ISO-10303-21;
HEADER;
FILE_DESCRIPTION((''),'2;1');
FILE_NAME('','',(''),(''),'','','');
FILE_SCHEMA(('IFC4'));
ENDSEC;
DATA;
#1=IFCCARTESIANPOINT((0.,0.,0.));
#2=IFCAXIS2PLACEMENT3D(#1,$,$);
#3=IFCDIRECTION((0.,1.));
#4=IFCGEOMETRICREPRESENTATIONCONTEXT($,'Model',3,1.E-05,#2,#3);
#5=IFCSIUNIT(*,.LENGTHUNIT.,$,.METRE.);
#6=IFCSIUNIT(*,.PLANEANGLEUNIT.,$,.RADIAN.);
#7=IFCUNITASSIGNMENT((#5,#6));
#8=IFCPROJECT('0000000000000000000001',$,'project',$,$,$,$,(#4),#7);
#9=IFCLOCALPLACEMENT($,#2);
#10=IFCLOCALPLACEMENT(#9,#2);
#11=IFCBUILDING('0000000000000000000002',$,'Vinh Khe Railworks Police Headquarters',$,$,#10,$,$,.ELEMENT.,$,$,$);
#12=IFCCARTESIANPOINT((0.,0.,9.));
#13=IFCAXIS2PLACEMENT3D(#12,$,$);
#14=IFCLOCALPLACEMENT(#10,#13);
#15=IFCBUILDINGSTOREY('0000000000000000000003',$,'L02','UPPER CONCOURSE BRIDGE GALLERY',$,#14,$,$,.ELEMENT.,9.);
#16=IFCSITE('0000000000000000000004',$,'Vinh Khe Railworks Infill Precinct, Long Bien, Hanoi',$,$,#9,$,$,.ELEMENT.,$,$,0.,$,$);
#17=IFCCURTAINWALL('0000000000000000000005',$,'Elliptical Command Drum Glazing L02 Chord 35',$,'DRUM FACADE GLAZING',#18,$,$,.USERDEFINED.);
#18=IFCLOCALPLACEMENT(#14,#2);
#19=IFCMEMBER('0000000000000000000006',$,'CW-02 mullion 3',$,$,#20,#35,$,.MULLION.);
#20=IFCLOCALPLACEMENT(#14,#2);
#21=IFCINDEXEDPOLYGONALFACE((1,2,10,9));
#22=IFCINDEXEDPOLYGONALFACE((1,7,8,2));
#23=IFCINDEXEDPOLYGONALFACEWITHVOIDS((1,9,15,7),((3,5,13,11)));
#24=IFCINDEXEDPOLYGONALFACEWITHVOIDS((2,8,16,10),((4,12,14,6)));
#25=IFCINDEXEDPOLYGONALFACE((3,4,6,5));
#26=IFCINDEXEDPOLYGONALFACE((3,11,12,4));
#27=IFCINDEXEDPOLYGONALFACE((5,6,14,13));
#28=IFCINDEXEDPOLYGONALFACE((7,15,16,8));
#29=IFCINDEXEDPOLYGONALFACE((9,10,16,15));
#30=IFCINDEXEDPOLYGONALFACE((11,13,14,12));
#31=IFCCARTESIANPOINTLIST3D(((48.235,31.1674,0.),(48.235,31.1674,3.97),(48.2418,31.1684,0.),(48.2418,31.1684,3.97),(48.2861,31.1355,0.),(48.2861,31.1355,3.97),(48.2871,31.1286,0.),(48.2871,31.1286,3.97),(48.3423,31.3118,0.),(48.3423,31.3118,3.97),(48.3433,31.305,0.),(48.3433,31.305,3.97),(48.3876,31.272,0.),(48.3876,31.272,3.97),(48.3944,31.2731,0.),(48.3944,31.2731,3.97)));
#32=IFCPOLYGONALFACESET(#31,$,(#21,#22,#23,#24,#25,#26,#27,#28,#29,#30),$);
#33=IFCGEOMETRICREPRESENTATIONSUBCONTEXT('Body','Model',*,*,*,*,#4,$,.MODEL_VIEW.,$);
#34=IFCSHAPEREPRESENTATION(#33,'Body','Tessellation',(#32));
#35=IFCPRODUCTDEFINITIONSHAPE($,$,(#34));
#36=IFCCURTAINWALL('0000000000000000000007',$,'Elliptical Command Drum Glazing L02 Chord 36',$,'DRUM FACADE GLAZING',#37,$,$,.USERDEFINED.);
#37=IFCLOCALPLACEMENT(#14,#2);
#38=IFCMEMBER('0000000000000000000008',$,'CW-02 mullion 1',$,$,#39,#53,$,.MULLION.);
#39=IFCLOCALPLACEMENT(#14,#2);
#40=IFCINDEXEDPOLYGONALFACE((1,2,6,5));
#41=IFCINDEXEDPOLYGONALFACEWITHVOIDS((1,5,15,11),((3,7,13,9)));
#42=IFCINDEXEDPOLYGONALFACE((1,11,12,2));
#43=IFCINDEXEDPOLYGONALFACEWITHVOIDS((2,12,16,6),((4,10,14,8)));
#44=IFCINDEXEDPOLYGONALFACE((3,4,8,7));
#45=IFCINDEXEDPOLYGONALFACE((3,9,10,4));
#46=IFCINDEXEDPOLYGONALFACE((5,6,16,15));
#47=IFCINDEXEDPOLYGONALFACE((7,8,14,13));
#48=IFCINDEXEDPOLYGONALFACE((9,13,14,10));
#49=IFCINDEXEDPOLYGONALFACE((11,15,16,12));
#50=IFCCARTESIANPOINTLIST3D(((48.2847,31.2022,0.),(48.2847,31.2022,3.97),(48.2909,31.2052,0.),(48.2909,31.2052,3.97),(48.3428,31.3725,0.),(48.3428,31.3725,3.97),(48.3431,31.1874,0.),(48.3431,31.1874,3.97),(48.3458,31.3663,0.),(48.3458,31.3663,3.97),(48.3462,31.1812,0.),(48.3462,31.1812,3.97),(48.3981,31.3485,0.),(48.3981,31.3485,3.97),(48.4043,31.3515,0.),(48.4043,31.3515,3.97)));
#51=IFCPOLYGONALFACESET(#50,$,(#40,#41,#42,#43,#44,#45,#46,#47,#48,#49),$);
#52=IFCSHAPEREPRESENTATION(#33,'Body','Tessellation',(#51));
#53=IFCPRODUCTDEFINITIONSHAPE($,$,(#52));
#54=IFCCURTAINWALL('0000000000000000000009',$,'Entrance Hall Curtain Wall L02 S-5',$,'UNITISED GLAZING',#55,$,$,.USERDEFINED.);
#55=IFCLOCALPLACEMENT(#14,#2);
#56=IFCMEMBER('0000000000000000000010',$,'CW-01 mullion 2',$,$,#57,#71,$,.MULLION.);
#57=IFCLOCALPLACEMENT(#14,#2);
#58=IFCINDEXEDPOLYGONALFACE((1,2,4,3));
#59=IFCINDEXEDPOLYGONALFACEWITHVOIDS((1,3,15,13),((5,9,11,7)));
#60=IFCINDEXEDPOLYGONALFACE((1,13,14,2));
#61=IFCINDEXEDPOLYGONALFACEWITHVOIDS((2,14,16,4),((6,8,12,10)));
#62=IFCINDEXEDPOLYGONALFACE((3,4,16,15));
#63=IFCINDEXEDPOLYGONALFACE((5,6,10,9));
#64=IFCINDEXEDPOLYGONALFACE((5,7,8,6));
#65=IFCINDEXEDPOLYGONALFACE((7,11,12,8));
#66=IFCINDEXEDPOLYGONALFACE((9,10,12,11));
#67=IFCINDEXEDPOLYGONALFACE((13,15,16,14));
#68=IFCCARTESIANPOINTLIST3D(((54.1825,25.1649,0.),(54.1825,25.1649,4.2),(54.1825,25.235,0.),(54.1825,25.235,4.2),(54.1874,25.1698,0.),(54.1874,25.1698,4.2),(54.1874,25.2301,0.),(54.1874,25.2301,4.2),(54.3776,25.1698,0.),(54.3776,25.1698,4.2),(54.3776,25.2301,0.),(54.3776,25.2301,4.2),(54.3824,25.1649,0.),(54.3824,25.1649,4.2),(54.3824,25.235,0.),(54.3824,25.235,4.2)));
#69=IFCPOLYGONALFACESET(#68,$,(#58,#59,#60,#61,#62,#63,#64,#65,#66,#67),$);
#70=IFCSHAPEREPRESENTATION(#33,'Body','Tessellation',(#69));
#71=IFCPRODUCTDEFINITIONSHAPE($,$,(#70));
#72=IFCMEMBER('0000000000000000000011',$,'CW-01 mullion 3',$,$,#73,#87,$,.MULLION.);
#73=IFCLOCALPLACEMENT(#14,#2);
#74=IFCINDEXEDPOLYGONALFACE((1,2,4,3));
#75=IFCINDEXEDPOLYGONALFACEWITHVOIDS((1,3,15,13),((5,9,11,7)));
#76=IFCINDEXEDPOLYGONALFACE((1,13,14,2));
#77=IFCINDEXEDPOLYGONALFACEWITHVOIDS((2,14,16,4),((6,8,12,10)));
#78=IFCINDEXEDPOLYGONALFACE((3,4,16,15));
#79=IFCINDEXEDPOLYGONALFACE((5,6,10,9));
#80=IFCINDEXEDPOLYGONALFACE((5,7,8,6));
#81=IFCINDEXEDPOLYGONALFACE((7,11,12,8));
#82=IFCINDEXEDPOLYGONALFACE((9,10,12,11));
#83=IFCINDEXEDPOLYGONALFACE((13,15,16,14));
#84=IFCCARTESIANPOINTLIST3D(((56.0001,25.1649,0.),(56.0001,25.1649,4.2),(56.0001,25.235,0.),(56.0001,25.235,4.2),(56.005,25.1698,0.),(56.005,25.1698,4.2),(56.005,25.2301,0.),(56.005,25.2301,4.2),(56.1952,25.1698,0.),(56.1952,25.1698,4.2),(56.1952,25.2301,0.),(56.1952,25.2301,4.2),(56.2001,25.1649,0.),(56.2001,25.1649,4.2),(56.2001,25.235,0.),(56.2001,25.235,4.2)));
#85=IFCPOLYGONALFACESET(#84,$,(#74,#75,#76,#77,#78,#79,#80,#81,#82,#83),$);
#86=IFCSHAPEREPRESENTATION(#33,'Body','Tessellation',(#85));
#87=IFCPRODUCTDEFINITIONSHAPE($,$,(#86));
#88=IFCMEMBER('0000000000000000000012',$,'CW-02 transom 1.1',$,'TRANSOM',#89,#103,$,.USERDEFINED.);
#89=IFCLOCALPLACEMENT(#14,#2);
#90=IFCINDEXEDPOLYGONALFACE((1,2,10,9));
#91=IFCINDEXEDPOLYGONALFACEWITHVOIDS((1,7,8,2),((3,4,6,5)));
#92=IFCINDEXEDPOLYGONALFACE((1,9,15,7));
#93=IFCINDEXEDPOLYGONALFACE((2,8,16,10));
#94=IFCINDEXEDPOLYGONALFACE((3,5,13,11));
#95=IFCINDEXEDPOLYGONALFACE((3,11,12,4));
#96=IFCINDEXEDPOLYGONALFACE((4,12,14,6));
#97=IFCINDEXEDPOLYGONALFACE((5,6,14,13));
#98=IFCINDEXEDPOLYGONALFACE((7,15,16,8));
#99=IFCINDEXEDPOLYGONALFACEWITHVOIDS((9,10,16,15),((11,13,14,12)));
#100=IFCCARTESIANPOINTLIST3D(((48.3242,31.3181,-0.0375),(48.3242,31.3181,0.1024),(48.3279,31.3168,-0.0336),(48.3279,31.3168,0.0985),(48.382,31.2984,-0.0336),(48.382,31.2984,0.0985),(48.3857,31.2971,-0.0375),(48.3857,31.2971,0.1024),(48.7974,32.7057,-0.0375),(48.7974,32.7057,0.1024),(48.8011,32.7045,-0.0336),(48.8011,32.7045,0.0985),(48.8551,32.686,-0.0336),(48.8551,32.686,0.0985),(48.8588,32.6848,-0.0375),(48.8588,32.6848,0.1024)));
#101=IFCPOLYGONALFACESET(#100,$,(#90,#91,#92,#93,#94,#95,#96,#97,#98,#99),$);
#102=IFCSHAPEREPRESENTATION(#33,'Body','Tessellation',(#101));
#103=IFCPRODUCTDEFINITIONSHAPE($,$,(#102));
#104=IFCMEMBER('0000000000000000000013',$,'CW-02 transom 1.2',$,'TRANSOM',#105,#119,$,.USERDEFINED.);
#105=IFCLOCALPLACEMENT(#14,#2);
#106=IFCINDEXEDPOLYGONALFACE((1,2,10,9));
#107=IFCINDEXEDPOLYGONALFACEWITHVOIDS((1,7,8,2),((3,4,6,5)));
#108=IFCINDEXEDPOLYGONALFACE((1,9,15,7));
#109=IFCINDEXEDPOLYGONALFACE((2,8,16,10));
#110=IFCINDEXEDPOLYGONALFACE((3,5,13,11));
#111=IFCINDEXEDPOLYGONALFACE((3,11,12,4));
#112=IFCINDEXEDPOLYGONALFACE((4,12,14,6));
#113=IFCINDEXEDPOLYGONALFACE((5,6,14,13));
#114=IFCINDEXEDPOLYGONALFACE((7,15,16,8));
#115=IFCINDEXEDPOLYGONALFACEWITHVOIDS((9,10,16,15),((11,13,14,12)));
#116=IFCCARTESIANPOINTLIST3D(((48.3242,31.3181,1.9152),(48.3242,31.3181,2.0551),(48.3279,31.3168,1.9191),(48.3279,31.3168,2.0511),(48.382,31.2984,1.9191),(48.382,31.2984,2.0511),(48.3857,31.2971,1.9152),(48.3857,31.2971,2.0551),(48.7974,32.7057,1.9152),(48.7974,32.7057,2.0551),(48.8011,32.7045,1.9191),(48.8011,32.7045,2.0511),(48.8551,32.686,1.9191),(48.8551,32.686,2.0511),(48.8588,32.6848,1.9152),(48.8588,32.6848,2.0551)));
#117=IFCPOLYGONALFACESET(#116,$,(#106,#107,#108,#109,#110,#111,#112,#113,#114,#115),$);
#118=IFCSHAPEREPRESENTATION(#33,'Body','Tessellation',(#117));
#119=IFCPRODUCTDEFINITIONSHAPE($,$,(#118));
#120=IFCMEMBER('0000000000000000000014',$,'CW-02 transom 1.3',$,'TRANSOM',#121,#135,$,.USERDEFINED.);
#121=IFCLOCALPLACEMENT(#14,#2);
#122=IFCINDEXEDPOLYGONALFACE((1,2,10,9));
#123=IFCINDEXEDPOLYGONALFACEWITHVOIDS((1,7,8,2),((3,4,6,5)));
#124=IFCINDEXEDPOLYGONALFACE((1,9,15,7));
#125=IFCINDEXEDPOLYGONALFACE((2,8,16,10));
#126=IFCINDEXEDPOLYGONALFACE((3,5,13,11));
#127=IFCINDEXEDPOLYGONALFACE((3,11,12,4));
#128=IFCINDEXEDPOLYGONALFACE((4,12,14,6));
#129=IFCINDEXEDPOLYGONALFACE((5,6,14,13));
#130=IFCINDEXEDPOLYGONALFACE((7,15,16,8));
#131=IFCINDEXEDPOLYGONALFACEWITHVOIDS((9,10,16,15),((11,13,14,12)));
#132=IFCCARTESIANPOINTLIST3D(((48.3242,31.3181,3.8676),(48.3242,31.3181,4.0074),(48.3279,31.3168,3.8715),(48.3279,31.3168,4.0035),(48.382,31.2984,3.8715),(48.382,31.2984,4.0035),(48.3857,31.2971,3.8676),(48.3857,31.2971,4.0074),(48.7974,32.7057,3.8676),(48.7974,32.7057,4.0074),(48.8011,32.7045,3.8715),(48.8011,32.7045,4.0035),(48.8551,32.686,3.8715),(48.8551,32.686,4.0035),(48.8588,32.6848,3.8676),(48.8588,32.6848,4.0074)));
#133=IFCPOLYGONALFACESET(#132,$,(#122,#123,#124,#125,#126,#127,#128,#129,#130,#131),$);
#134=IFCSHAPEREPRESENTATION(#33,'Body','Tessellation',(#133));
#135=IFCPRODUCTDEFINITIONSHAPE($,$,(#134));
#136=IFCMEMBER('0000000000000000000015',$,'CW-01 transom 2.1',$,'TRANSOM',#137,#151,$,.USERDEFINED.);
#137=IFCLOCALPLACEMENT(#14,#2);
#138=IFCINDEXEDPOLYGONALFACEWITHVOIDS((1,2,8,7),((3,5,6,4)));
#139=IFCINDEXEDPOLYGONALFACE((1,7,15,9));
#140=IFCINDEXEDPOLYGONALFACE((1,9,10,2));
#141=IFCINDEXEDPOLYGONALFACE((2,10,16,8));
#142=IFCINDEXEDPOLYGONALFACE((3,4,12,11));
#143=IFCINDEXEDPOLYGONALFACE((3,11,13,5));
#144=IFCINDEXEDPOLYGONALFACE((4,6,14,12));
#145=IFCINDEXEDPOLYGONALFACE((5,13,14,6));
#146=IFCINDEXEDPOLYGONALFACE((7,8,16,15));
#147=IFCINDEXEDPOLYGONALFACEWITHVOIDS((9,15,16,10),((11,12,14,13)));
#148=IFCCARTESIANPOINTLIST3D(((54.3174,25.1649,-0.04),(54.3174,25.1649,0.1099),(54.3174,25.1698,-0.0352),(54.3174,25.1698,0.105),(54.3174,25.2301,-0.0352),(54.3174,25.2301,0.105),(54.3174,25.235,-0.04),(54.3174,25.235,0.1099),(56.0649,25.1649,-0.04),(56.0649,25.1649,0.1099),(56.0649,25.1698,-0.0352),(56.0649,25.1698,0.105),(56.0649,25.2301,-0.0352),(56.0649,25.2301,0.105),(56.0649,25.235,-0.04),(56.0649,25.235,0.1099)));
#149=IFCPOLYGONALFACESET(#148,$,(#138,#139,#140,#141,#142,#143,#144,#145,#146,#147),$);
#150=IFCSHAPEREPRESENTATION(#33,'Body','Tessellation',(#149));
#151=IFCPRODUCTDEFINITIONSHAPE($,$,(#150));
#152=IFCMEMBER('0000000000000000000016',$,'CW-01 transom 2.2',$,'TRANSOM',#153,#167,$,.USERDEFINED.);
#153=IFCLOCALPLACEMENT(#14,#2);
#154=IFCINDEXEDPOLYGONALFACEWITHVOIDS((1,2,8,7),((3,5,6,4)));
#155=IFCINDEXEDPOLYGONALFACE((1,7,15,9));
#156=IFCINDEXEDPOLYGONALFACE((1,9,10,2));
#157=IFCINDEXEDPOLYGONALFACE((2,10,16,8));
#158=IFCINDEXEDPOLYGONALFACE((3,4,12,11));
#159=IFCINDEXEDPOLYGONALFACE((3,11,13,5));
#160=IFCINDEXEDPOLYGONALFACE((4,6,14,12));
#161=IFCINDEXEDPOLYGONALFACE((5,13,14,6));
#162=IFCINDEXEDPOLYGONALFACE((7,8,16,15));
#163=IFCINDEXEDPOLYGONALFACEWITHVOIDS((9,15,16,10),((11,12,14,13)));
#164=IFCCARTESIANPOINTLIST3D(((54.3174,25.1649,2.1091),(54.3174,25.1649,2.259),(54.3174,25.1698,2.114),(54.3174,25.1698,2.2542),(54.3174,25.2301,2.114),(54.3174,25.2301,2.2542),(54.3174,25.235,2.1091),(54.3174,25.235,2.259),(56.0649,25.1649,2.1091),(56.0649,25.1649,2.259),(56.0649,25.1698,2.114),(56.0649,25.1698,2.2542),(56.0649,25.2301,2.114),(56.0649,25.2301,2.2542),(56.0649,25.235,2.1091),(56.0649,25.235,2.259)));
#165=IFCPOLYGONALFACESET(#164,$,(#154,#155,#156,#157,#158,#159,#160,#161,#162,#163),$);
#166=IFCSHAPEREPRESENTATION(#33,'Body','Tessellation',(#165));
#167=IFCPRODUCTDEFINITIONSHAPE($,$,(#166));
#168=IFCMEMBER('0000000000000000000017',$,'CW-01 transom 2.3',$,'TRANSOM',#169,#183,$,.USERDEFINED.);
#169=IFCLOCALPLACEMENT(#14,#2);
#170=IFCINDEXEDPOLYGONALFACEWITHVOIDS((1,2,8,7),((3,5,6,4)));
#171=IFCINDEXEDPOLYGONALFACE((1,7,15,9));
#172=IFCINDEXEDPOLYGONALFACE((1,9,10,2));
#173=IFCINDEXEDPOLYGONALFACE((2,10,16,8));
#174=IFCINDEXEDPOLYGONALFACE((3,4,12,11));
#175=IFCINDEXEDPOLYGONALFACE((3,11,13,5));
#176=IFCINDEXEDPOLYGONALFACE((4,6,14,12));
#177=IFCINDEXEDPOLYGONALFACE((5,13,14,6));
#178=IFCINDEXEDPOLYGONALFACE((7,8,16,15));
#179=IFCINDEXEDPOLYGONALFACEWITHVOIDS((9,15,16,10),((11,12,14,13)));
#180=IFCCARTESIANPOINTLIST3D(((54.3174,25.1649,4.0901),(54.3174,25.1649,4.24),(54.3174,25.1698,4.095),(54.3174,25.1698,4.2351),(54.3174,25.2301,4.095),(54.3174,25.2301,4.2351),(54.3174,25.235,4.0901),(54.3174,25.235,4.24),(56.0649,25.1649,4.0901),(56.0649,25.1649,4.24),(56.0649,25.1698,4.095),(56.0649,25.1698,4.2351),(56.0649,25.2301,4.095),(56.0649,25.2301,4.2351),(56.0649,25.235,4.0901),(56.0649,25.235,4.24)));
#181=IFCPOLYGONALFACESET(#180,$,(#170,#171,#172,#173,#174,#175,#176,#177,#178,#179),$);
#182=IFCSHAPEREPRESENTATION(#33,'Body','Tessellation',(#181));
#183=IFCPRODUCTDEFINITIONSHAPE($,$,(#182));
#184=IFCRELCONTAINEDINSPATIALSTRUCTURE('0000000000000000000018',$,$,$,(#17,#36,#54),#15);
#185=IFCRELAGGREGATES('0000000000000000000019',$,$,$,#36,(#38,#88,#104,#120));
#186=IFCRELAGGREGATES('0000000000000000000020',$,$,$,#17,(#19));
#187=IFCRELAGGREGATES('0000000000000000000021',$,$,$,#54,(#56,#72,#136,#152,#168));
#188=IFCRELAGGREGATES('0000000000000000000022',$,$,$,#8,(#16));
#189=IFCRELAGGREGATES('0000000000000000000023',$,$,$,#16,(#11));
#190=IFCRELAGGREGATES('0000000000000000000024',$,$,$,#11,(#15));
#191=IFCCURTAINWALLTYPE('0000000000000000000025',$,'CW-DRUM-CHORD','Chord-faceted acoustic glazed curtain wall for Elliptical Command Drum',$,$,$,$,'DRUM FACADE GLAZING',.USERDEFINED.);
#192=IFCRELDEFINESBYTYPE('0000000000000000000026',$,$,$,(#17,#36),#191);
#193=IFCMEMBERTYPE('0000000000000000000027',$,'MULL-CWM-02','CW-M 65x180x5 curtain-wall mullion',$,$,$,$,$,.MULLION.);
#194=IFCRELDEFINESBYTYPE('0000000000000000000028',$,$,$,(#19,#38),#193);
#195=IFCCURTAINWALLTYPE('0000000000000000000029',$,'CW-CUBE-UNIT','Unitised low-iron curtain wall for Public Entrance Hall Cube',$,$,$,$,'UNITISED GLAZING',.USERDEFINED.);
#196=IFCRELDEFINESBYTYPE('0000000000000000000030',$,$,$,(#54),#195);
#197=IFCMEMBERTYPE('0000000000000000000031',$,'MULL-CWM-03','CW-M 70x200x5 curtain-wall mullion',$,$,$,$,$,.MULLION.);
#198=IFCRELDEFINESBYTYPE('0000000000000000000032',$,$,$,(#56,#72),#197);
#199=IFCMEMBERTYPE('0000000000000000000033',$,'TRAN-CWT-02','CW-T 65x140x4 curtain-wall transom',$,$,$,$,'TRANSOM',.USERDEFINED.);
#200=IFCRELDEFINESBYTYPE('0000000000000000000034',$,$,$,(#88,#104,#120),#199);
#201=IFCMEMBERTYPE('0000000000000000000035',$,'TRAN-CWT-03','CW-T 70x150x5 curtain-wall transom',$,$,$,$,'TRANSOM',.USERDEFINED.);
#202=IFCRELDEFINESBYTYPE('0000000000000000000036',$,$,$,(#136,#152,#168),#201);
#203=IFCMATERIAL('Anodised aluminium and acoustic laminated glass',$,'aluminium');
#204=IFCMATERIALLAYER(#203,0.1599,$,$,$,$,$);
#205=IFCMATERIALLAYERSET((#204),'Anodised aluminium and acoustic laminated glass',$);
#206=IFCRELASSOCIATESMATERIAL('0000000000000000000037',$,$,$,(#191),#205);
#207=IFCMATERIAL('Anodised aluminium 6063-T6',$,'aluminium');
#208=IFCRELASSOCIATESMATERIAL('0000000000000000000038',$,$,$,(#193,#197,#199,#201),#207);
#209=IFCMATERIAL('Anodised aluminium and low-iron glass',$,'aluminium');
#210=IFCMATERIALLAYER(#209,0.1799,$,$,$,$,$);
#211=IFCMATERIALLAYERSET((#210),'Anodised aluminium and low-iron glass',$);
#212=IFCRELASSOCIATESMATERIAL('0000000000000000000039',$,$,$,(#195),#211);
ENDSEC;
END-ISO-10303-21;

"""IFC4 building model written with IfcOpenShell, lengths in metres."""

from ifc_helpers import new_model, si_unit, direction, frame, origin, origin_2d, place, context, subcontext, project, spatial, hollow_rectangle, extrude, material, layer, layer_set, material_profile, profile_set, type_object, element, aggregate, save


model = new_model("IFC4")

# Units and contexts
model_context = context("Model", 3, precision=1e-05, world=origin(), true_north=direction((0.0, 1.0)))
body_context = subcontext(model_context, "Body", "Model", "MODEL_VIEW")
ifc_project = project(units=[si_unit("LENGTHUNIT", "METRE"), si_unit("PLANEANGLEUNIT", "RADIAN")], contexts=[model_context])

# Site, building, storey
site_placement = place(None, origin())
site = spatial("IfcSite", under=ifc_project, at=site_placement, Name="Vinh Khe Railworks Infill Precinct, Long Bien, Hanoi", CompositionType="ELEMENT", RefElevation=0.0)
building_placement = place(site_placement, origin())
building = spatial("IfcBuilding", under=site, at=building_placement, Name="Vinh Khe Railworks Police Headquarters", CompositionType="ELEMENT")
storey_placement = place(building_placement, frame((0.0, 0.0, 9.0)))
storey = spatial("IfcBuildingStorey", under=building, at=storey_placement, Name="L02", Description="UPPER CONCOURSE BRIDGE GALLERY", CompositionType="ELEMENT", Elevation=9.0)

# Curtain walls, members
ifc_material_1 = material(Name="Anodised aluminium and acoustic laminated glass", Category="aluminium")
ifc_layer_1 = layer(ifc_material_1, 0.1599)
ifc_layer_set_1 = layer_set([ifc_layer_1], Name="Anodised aluminium and acoustic laminated glass")
curtain_wall_type_1 = type_object("IfcCurtainWallType", Name="CW-DRUM-CHORD", Description="Chord-faceted acoustic glazed curtain wall for Elliptical Command Drum", ElementType="DRUM FACADE GLAZING", PredefinedType="USERDEFINED", material=ifc_layer_set_1)
curtain_wall_1_placement = place(storey_placement, origin())
curtain_wall_1 = element("IfcCurtainWall", 1, at=curtain_wall_1_placement, inside=storey, type_object=curtain_wall_type_1, Name="Elliptical Command Drum Glazing L02 Chord 35", ObjectType="DRUM FACADE GLAZING", PredefinedType="USERDEFINED")
ifc_material_2 = material(Name="Anodised aluminium 6063-T6", Category="aluminium")
ifc_material_profile_1 = material_profile(ifc_material_2, hollow_rectangle(XDim=0.0649, YDim=0.1799, WallThickness=0.0049, at=origin_2d()), Name="CW-M 65x180x5")
ifc_profile_set_1 = profile_set([ifc_material_profile_1], Name="Anodised aluminium 6063-T6")
member_type_1 = type_object("IfcMemberType", Name="MULL-CWM-02", Description="CW-M 65x180x5 curtain-wall mullion", PredefinedType="MULLION", material=ifc_profile_set_1)
member_1_placement = place(storey_placement, frame((48.3147, 31.2202, 0.0), z_axis=(0.0, 0.0, 1.0), x_axis=(-0.802592, 0.596528, 0.0)))
member_1 = element("IfcMember", 2, at=member_1_placement, type_object=member_type_1, Name="CW-02 mullion 3", PredefinedType="MULLION", context=body_context, shape_type="SweptSolid", body=[
    extrude(hollow_rectangle(XDim=0.0649, YDim=0.1799, WallThickness=0.0049, at=origin_2d()), origin(), (0.0, 0.0, 1.0), 3.97),
])
curtain_wall_2_placement = place(storey_placement, origin())
curtain_wall_2 = element("IfcCurtainWall", 3, at=curtain_wall_2_placement, inside=storey, type_object=curtain_wall_type_1, Name="Elliptical Command Drum Glazing L02 Chord 36", ObjectType="DRUM FACADE GLAZING", PredefinedType="USERDEFINED")
member_2_placement = place(storey_placement, frame((48.3445, 31.2769, 0.0), z_axis=(0.0, 0.0, 1.0), x_axis=(-0.946486, 0.322746, 0.0)))
member_2 = element("IfcMember", 4, at=member_2_placement, type_object=member_type_1, Name="CW-02 mullion 1", PredefinedType="MULLION", context=body_context, shape_type="SweptSolid", body=[
    extrude(hollow_rectangle(XDim=0.0649, YDim=0.1799, WallThickness=0.0049, at=origin_2d()), origin(), (0.0, 0.0, 1.0), 3.97),
])

# Curtain wall, members
ifc_material_3 = material(Name="Anodised aluminium and low-iron glass", Category="aluminium")
ifc_layer_2 = layer(ifc_material_3, 0.1799)
ifc_layer_set_2 = layer_set([ifc_layer_2], Name="Anodised aluminium and low-iron glass")
curtain_wall_type_2 = type_object("IfcCurtainWallType", Name="CW-CUBE-UNIT", Description="Unitised low-iron curtain wall for Public Entrance Hall Cube", ElementType="UNITISED GLAZING", PredefinedType="USERDEFINED", material=ifc_layer_set_2)
curtain_wall_3_placement = place(storey_placement, origin())
curtain_wall_3 = element("IfcCurtainWall", 5, at=curtain_wall_3_placement, inside=storey, type_object=curtain_wall_type_2, Name="Entrance Hall Curtain Wall L02 S-5", ObjectType="UNITISED GLAZING", PredefinedType="USERDEFINED")
ifc_material_profile_2 = material_profile(ifc_material_2, hollow_rectangle(XDim=0.0701, YDim=0.2, WallThickness=0.0049, at=origin_2d()), Name="CW-M 70x200x5")
ifc_profile_set_2 = profile_set([ifc_material_profile_2], Name="Anodised aluminium 6063-T6")
member_type_2 = type_object("IfcMemberType", Name="MULL-CWM-03", Description="CW-M 70x200x5 curtain-wall mullion", PredefinedType="MULLION", material=ifc_profile_set_2)
member_3_placement = place(storey_placement, frame((54.2825, 25.2, 0.0), z_axis=(0.0, 0.0, 1.0), x_axis=(0.0, 1.0, 0.0)))
member_3 = element("IfcMember", 6, at=member_3_placement, type_object=member_type_2, Name="CW-01 mullion 2", PredefinedType="MULLION", context=body_context, shape_type="SweptSolid", body=[
    extrude(hollow_rectangle(XDim=0.0701, YDim=0.2, WallThickness=0.0049, at=origin_2d()), origin(), (0.0, 0.0, 1.0), 4.2),
])
member_4_placement = place(storey_placement, frame((56.1001, 25.2, 0.0), z_axis=(0.0, 0.0, 1.0), x_axis=(0.0, 1.0, 0.0)))
member_4 = element("IfcMember", 7, at=member_4_placement, type_object=member_type_2, Name="CW-01 mullion 3", PredefinedType="MULLION", context=body_context, shape_type="SweptSolid", body=[
    extrude(hollow_rectangle(XDim=0.0701, YDim=0.2, WallThickness=0.0049, at=origin_2d()), origin(), (0.0, 0.0, 1.0), 4.2),
])

# Members
ifc_material_profile_3 = material_profile(ifc_material_2, hollow_rectangle(XDim=0.0649, YDim=0.1399, WallThickness=0.0039, at=origin_2d()), Name="CW-T 65x140x4")
ifc_profile_set_3 = profile_set([ifc_material_profile_3], Name="Anodised aluminium 6063-T6")
member_type_3 = type_object("IfcMemberType", Name="TRAN-CWT-02", Description="CW-T 65x140x4 curtain-wall transom", ElementType="TRANSOM", PredefinedType="USERDEFINED", material=ifc_profile_set_3)
member_5_placement = place(storey_placement, frame((48.355, 31.3076, 0.0325), z_axis=(0.322715, 0.946496, 0.0), x_axis=(-0.946496, 0.322715, 0.0)))
member_5 = element("IfcMember", 8, at=member_5_placement, type_object=member_type_3, Name="CW-02 transom 1.1", ObjectType="TRANSOM", PredefinedType="USERDEFINED", context=body_context, shape_type="SweptSolid", body=[
    extrude(hollow_rectangle(XDim=0.0649, YDim=0.1399, WallThickness=0.0039, at=origin_2d()), origin(), (0.0, 0.0, 1.0), 1.4661),
])
member_6_placement = place(storey_placement, frame((48.355, 31.3076, 1.9851), z_axis=(0.322715, 0.946496, 0.0), x_axis=(-0.946496, 0.322715, 0.0)))
member_6 = element("IfcMember", 9, at=member_6_placement, type_object=member_type_3, Name="CW-02 transom 1.2", ObjectType="TRANSOM", PredefinedType="USERDEFINED", context=body_context, shape_type="SweptSolid", body=[
    extrude(hollow_rectangle(XDim=0.0649, YDim=0.1399, WallThickness=0.0039, at=origin_2d()), origin(), (0.0, 0.0, 1.0), 1.4661),
])
member_7_placement = place(storey_placement, frame((48.355, 31.3076, 3.9375), z_axis=(0.322715, 0.946496, 0.0), x_axis=(-0.946496, 0.322715, 0.0)))
member_7 = element("IfcMember", 10, at=member_7_placement, type_object=member_type_3, Name="CW-02 transom 1.3", ObjectType="TRANSOM", PredefinedType="USERDEFINED", context=body_context, shape_type="SweptSolid", body=[
    extrude(hollow_rectangle(XDim=0.0649, YDim=0.1399, WallThickness=0.0039, at=origin_2d()), origin(), (0.0, 0.0, 1.0), 1.4661),
])
aggregate(curtain_wall_2, [member_2, member_5, member_6, member_7])
ifc_material_profile_4 = material_profile(ifc_material_2, hollow_rectangle(XDim=0.0701, YDim=0.1499, WallThickness=0.0049, at=origin_2d()), Name="CW-T 70x150x5")
ifc_profile_set_4 = profile_set([ifc_material_profile_4], Name="Anodised aluminium 6063-T6")
member_type_4 = type_object("IfcMemberType", Name="TRAN-CWT-03", Description="CW-T 70x150x5 curtain-wall transom", ElementType="TRANSOM", PredefinedType="USERDEFINED", material=ifc_profile_set_4)
member_8_placement = place(storey_placement, frame((54.3174, 25.2, 0.0349), z_axis=(1.0, 0.0, 0.0), x_axis=(0.0, 1.0, 0.0)))
member_8 = element("IfcMember", 11, at=member_8_placement, type_object=member_type_4, Name="CW-01 transom 2.1", ObjectType="TRANSOM", PredefinedType="USERDEFINED", context=body_context, shape_type="SweptSolid", body=[
    extrude(hollow_rectangle(XDim=0.0701, YDim=0.1499, WallThickness=0.0049, at=origin_2d()), origin(), (0.0, 0.0, 1.0), 1.7476),
])
member_9_placement = place(storey_placement, frame((54.3174, 25.2, 2.1841), z_axis=(1.0, 0.0, 0.0), x_axis=(0.0, 1.0, 0.0)))
member_9 = element("IfcMember", 12, at=member_9_placement, type_object=member_type_4, Name="CW-01 transom 2.2", ObjectType="TRANSOM", PredefinedType="USERDEFINED", context=body_context, shape_type="SweptSolid", body=[
    extrude(hollow_rectangle(XDim=0.0701, YDim=0.1499, WallThickness=0.0049, at=origin_2d()), origin(), (0.0, 0.0, 1.0), 1.7476),
])
member_10_placement = place(storey_placement, frame((54.3174, 25.2, 4.165), z_axis=(1.0, 0.0, 0.0), x_axis=(0.0, 1.0, 0.0)))
member_10 = element("IfcMember", 13, at=member_10_placement, type_object=member_type_4, Name="CW-01 transom 2.3", ObjectType="TRANSOM", PredefinedType="USERDEFINED", context=body_context, shape_type="SweptSolid", body=[
    extrude(hollow_rectangle(XDim=0.0701, YDim=0.1499, WallThickness=0.0049, at=origin_2d()), origin(), (0.0, 0.0, 1.0), 1.7476),
])

aggregate(curtain_wall_1, [member_1])
aggregate(curtain_wall_3, [member_3, member_4, member_8, member_9, member_10])

save(model, "model.ifc")
